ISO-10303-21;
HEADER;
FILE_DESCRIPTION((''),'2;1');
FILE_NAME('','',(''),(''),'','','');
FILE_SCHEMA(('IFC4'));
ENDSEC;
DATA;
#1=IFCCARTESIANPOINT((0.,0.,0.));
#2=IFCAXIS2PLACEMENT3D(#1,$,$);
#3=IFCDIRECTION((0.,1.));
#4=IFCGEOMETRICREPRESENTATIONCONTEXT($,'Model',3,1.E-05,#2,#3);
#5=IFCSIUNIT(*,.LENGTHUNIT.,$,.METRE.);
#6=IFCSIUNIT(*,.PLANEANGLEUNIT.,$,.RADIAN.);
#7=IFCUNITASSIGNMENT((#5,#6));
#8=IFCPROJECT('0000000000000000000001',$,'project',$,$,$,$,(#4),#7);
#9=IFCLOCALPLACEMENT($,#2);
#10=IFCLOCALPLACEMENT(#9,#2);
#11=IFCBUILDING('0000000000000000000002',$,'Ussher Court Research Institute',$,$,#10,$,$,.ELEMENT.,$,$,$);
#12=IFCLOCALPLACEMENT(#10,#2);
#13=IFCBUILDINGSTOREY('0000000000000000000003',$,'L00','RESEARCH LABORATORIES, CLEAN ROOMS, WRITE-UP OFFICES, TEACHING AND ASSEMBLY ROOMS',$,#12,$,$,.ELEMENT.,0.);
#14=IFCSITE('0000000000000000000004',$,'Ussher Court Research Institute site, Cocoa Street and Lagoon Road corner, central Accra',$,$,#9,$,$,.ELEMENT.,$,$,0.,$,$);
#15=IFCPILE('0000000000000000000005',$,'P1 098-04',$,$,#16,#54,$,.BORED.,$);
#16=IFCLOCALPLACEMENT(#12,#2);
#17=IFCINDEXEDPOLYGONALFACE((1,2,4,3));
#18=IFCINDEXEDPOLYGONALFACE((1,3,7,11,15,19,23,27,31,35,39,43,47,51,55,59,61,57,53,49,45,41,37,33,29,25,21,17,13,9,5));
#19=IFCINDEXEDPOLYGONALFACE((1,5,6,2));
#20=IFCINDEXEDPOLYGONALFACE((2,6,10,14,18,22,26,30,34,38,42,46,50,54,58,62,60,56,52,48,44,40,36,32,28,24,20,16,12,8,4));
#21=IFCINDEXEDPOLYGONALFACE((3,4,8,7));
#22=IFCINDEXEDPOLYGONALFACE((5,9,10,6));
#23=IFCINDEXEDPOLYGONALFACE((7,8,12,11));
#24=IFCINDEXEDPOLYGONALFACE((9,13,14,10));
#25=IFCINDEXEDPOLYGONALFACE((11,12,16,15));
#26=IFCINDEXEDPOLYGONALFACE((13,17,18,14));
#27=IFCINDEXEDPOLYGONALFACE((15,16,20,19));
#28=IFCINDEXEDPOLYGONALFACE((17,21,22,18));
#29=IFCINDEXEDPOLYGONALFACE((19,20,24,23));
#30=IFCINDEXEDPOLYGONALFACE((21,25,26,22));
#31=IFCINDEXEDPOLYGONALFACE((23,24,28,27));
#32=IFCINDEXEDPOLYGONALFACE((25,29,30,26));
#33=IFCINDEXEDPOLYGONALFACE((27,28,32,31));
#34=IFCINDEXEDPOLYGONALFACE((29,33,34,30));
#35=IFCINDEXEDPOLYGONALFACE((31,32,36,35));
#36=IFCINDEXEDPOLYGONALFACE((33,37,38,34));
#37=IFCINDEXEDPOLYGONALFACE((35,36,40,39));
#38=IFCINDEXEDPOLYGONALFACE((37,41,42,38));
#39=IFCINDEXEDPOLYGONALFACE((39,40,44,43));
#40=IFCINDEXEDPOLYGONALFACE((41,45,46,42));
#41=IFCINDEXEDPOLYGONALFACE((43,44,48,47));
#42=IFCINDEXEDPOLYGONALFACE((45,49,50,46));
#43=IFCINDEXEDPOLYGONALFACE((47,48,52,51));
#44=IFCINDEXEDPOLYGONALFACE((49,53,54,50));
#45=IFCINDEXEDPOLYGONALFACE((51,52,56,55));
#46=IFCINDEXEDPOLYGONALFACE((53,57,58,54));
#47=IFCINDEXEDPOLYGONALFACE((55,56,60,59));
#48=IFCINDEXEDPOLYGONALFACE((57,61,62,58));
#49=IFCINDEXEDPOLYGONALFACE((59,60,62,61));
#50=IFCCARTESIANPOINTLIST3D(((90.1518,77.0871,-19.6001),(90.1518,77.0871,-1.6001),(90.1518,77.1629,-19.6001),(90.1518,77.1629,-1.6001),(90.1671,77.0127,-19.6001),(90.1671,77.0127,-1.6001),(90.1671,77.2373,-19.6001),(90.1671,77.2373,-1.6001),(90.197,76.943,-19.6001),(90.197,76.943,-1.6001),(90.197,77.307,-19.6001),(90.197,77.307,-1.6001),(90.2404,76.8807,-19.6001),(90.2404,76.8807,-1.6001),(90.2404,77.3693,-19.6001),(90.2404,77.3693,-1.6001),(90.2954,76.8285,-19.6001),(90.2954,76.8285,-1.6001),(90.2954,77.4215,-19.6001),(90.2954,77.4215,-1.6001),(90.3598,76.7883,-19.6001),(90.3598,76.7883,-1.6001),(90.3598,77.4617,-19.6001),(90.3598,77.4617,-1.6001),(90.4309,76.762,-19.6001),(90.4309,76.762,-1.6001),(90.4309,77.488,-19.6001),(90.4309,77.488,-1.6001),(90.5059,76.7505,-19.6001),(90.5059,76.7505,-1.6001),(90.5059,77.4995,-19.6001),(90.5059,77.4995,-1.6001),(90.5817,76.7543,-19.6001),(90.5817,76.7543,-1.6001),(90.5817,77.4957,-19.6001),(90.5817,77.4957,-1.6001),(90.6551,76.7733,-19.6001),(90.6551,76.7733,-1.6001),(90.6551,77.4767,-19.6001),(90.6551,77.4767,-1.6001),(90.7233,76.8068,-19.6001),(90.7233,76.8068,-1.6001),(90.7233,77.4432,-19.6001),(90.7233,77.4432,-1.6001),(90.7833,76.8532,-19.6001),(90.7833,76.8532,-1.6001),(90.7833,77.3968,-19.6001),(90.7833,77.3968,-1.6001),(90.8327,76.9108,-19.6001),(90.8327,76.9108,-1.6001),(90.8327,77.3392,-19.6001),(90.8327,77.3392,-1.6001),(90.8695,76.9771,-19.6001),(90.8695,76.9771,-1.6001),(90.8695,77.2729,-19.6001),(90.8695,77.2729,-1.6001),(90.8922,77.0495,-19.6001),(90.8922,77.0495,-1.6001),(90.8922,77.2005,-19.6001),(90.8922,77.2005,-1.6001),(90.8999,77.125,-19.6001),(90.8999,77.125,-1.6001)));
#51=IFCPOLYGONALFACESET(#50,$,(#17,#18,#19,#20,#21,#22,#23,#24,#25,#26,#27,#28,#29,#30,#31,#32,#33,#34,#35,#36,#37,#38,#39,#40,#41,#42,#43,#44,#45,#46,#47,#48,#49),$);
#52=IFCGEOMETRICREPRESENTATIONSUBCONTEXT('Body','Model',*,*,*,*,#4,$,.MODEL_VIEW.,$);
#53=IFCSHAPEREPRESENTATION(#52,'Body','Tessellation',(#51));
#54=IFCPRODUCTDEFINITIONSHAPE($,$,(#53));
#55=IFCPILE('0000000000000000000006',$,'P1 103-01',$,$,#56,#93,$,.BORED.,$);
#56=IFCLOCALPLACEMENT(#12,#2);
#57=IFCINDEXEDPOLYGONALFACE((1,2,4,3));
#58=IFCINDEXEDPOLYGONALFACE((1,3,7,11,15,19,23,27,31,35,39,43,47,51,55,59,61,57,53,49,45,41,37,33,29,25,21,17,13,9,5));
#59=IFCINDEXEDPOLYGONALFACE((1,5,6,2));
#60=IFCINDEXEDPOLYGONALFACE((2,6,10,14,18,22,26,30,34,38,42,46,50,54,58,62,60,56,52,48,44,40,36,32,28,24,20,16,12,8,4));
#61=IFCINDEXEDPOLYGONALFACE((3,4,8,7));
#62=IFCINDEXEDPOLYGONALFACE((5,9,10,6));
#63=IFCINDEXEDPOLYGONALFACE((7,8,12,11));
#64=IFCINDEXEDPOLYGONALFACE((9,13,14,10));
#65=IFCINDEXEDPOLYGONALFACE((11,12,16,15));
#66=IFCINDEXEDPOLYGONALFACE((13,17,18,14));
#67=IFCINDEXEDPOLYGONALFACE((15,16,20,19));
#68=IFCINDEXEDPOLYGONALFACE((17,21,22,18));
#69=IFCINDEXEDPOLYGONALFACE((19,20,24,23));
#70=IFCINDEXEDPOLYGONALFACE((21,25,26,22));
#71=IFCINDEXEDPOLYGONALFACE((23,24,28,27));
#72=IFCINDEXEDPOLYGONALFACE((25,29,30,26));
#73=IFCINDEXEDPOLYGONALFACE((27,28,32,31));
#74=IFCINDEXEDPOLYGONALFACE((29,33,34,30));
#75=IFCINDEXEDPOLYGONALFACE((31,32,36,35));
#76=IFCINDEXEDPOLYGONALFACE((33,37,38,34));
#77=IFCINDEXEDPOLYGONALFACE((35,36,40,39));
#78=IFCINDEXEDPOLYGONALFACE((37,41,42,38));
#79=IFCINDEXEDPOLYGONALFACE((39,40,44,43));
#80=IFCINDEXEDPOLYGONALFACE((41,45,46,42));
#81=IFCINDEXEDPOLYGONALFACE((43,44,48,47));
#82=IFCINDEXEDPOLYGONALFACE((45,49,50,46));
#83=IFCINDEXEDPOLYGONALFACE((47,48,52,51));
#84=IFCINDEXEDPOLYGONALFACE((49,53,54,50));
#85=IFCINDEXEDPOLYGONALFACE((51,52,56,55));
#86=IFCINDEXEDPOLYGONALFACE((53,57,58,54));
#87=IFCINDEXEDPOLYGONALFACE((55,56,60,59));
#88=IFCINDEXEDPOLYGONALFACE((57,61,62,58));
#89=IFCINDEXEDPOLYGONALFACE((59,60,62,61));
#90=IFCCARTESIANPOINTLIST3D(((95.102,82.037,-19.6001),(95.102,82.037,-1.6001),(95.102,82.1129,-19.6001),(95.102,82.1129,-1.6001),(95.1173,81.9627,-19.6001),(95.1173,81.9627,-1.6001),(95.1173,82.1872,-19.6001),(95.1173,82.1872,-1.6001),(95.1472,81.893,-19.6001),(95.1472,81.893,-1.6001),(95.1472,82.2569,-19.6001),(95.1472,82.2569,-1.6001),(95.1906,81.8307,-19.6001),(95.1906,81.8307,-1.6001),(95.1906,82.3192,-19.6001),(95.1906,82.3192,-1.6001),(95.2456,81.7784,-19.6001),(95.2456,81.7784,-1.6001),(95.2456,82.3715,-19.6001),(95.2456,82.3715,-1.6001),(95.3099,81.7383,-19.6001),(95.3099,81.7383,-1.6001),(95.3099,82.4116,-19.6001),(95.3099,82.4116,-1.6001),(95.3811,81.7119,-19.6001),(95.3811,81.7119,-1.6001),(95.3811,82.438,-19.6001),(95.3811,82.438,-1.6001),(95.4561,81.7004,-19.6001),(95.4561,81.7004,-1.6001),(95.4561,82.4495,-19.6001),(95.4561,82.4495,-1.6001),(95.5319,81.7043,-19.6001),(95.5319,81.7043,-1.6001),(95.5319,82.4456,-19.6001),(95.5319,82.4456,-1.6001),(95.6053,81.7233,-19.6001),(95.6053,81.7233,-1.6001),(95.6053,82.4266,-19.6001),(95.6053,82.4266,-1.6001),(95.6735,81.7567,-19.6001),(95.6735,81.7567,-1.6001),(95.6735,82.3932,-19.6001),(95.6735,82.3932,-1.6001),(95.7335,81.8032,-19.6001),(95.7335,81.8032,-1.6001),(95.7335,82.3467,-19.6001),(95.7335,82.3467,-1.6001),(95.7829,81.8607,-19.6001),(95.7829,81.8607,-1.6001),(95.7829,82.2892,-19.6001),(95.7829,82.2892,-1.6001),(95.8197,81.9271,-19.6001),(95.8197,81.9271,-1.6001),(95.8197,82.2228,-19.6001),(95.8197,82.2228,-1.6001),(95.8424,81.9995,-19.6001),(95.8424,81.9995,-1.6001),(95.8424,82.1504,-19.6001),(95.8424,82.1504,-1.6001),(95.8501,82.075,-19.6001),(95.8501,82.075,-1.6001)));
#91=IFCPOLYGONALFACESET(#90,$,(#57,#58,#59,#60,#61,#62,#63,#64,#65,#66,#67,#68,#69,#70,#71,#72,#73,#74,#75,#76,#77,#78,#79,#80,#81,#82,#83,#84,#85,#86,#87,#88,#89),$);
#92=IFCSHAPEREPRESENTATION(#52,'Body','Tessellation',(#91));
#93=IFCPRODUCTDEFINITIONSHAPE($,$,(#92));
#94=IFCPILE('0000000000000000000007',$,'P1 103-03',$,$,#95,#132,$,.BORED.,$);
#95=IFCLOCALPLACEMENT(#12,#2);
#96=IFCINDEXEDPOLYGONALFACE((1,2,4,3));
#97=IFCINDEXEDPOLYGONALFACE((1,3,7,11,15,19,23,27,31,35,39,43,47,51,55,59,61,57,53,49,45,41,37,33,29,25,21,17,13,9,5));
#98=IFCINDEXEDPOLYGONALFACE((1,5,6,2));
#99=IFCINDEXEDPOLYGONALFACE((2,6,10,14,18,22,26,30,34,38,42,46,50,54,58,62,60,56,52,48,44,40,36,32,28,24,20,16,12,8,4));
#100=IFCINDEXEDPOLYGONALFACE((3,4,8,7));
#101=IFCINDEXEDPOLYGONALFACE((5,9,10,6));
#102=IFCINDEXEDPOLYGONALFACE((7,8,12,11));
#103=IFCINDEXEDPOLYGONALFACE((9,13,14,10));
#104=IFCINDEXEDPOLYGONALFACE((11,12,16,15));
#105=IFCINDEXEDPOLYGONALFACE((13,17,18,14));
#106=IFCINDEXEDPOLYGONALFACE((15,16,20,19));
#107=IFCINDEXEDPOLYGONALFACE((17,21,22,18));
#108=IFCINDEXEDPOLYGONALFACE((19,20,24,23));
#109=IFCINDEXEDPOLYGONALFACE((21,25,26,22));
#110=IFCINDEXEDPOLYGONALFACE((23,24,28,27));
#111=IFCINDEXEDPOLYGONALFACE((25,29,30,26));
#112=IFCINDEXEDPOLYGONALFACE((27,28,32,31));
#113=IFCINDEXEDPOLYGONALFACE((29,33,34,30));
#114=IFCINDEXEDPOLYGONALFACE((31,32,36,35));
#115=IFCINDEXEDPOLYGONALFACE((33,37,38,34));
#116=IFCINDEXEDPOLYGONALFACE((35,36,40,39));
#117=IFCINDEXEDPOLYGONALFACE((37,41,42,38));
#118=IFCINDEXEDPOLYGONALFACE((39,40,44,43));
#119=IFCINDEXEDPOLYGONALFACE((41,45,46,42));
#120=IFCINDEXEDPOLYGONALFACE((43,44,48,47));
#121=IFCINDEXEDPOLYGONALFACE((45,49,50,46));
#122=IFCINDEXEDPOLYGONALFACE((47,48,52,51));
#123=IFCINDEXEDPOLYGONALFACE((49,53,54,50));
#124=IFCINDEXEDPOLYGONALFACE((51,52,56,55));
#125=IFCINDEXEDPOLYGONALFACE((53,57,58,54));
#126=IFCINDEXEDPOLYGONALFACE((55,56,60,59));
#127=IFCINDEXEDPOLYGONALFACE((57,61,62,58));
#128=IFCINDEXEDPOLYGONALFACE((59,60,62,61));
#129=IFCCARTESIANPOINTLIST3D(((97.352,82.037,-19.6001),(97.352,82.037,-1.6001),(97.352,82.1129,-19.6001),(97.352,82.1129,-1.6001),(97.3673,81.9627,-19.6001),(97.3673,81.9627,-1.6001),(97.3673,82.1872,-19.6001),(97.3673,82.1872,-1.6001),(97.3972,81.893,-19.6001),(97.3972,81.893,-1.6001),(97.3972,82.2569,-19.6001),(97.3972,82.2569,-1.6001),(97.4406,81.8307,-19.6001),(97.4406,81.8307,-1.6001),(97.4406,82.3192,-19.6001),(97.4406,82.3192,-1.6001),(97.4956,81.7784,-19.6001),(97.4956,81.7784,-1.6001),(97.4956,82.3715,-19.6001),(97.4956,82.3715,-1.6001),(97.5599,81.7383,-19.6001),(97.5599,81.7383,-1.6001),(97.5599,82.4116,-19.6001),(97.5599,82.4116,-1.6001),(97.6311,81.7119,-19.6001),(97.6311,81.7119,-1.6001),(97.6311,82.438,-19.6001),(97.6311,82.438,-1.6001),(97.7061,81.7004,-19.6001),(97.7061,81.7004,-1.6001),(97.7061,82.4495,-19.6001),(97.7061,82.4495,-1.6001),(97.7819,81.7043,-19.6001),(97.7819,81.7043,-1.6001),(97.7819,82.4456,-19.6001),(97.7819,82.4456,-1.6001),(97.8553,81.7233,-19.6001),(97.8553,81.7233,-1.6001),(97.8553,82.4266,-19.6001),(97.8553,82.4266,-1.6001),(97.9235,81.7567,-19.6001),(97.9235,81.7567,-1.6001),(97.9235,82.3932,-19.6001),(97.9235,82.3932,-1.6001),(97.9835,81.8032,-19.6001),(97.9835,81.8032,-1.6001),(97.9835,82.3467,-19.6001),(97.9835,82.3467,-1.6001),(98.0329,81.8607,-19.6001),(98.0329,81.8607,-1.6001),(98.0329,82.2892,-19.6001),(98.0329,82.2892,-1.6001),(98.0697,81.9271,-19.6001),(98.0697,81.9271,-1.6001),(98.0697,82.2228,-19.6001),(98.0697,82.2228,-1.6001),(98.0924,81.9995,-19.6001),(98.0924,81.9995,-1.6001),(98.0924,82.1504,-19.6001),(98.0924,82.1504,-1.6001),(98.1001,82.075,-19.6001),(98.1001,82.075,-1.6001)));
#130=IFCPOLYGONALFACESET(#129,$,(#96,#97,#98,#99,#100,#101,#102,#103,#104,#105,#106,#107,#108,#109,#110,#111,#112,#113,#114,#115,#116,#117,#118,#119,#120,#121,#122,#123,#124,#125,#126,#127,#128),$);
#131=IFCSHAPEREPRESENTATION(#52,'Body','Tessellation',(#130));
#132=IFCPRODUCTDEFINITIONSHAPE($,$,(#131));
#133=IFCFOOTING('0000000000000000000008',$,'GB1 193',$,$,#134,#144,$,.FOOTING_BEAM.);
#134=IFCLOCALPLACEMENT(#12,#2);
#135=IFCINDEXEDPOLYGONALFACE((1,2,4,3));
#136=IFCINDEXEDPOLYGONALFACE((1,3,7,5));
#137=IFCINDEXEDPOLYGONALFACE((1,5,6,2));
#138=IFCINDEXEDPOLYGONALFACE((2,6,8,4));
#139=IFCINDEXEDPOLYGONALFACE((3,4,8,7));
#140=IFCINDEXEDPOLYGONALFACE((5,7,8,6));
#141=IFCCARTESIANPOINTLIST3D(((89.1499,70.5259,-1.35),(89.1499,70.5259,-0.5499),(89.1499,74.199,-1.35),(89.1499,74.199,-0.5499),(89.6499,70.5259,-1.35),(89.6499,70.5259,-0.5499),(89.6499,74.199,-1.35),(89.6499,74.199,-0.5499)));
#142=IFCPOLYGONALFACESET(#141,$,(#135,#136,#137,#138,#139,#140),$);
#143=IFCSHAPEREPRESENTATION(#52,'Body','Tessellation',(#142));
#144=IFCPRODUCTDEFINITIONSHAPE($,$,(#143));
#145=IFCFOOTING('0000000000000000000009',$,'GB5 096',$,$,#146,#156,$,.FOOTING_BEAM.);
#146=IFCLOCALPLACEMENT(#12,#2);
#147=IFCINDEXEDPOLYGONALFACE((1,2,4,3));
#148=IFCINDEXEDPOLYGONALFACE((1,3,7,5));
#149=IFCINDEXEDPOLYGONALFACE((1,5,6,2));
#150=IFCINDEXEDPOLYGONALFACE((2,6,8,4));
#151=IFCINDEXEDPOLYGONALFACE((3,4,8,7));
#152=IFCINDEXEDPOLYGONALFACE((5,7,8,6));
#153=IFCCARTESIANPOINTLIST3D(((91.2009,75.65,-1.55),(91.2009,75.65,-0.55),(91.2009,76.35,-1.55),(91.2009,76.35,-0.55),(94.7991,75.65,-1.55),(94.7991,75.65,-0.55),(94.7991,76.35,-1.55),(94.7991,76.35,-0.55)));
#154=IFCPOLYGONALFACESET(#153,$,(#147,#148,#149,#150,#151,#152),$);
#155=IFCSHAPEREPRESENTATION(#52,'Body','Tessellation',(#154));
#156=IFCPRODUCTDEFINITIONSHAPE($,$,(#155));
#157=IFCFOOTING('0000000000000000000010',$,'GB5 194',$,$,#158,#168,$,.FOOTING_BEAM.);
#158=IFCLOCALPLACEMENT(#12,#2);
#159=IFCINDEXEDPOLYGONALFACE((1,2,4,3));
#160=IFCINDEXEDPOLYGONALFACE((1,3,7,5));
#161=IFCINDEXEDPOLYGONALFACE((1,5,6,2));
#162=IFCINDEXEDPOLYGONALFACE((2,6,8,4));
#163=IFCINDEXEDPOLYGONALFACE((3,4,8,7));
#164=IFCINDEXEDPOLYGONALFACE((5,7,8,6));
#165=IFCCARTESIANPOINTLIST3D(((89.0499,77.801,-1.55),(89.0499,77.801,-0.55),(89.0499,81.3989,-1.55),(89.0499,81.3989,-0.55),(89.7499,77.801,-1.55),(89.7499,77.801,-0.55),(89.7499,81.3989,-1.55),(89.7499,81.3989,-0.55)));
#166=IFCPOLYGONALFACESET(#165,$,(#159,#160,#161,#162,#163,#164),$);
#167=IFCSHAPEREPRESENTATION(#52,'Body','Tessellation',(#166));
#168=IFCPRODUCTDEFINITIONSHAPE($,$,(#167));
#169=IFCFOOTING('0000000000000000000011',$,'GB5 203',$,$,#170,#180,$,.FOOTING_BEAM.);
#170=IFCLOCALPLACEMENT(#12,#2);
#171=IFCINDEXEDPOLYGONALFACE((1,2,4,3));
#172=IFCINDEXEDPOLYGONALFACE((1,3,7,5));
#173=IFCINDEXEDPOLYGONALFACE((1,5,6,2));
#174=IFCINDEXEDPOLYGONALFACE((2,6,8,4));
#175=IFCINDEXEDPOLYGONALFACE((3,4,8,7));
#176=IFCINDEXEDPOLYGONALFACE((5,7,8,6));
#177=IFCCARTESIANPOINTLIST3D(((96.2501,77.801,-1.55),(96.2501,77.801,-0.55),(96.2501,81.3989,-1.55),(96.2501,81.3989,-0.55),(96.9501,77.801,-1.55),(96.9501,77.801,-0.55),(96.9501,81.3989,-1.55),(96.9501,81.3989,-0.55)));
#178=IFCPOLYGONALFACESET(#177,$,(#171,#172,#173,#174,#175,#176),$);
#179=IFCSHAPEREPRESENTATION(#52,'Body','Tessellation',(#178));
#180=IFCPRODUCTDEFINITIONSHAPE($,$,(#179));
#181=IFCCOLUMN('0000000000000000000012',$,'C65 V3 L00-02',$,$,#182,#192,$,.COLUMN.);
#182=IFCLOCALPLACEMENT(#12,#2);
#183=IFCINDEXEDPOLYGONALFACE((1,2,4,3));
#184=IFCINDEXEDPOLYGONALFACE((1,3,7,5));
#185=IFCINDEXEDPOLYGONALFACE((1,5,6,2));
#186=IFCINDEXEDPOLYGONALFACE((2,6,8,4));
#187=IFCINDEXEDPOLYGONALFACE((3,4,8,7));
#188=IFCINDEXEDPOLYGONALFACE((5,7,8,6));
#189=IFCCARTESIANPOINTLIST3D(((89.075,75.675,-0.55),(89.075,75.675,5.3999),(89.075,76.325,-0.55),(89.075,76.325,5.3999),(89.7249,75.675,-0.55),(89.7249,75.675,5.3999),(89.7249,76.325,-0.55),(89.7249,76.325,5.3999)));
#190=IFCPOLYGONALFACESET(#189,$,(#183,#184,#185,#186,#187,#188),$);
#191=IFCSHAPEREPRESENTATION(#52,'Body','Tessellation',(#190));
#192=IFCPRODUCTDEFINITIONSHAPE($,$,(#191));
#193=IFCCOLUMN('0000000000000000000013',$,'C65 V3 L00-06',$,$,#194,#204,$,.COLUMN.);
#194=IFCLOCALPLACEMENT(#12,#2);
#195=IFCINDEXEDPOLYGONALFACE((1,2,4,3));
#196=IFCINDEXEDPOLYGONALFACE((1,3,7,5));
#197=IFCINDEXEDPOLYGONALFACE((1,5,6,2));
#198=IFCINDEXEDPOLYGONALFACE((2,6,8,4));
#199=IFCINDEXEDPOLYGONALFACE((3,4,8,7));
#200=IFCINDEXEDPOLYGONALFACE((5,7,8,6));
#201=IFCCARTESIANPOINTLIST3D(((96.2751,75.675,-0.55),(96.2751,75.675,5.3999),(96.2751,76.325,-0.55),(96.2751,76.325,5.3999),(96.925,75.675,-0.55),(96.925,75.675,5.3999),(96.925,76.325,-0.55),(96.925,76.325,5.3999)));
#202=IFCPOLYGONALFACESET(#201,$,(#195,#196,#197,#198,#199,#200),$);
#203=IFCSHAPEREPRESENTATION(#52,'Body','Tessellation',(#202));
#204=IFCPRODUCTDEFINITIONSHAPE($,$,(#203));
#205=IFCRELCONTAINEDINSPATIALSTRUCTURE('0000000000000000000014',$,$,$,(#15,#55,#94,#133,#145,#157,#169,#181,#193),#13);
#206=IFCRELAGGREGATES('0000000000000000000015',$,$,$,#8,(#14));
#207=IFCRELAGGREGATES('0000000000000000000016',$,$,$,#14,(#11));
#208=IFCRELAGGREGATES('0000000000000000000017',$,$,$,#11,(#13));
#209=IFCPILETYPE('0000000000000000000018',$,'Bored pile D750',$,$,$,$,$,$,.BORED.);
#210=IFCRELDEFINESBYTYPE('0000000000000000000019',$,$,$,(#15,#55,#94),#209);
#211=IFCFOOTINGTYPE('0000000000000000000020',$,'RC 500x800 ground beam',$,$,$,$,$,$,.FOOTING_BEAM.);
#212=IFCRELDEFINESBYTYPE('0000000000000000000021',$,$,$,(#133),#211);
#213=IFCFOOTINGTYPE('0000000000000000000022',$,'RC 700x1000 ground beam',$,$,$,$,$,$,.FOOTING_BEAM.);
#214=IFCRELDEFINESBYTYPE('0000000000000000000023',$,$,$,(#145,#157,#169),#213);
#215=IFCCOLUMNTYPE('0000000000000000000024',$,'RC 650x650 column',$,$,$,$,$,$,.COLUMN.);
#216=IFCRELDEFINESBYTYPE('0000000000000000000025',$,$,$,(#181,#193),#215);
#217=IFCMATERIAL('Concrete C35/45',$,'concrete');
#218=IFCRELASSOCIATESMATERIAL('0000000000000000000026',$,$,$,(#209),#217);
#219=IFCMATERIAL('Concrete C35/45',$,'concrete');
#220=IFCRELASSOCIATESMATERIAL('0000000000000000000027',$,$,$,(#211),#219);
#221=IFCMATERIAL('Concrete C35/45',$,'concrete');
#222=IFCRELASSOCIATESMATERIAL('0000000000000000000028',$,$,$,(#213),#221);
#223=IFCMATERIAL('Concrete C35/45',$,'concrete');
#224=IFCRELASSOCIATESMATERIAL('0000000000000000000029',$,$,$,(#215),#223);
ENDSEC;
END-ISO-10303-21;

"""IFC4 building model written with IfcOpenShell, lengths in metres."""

from ifc_helpers import new_model, si_unit, direction, frame, origin, origin_2d, place, context, subcontext, project, spatial, rectangle, circle, extrude, material, material_profile, profile_set, type_object, element, save


model = new_model("IFC4")

# Units and contexts
model_context = context("Model", 3, precision=1e-05, world=origin(), true_north=direction((0.0, 1.0)))
body_context = subcontext(model_context, "Body", "Model", "MODEL_VIEW")
ifc_project = project(units=[si_unit("LENGTHUNIT", "METRE"), si_unit("PLANEANGLEUNIT", "RADIAN")], contexts=[model_context])

# Site, building, storey
site_placement = place(None, origin())
site = spatial("IfcSite", under=ifc_project, at=site_placement, Name="Ussher Court Research Institute site, Cocoa Street and Lagoon Road corner, central Accra", CompositionType="ELEMENT", RefElevation=0.0)
building_placement = place(site_placement, origin())
building = spatial("IfcBuilding", under=site, at=building_placement, Name="Ussher Court Research Institute", CompositionType="ELEMENT")
storey_placement = place(building_placement, origin())
storey = spatial("IfcBuildingStorey", under=building, at=storey_placement, Name="L00", Description="RESEARCH LABORATORIES, CLEAN ROOMS, WRITE-UP OFFICES, TEACHING AND ASSEMBLY ROOMS", CompositionType="ELEMENT", Elevation=0.0)

# Piles
ifc_material_1 = material(Name="Concrete C35/45", Category="concrete")
ifc_material_profile_1 = material_profile(ifc_material_1, circle(Radius=0.375, at=origin_2d()), Name="RC D750")
ifc_profile_set_1 = profile_set([ifc_material_profile_1], Name="Concrete C35/45")
pile_type_1 = type_object("IfcPileType", Name="Bored pile D750", PredefinedType="BORED", material=ifc_profile_set_1)
for number, where, z_axis, x_axis, name in (
    (1, (90.5249, 77.125, -1.6001), (0.0, 0.0, -1.0), (1.0, 0.0, 0.0), "P1 098-04"),
    (2, (95.4751, 82.075, -1.6001), (0.0, 0.0, -1.0), (1.0, 0.0, 0.0), "P1 103-01"),
    (3, (97.7251, 82.075, -1.6001), (0.0, 0.0, -1.0), (1.0, 0.0, 0.0), "P1 103-03"),
):
    element("IfcPile", number, at=place(storey_placement, frame(where, z_axis=z_axis, x_axis=x_axis)), inside=storey, type_object=pile_type_1, Name=name, PredefinedType="BORED", context=body_context, shape_type="SweptSolid", body=[
        extrude(circle(Radius=0.375, at=origin_2d()), origin(), (0.0, 0.0, 1.0), 18.0),
    ])

# Footings
ifc_material_2 = material(Name="Concrete C35/45", Category="concrete")
ifc_material_profile_2 = material_profile(ifc_material_2, rectangle(XDim=0.5, YDim=0.8, at=origin_2d()), Name="RC 500x800")
ifc_profile_set_2 = profile_set([ifc_material_profile_2], Name="Concrete C35/45")
footing_type_1 = type_object("IfcFootingType", Name="RC 500x800 ground beam", PredefinedType="FOOTING_BEAM", material=ifc_profile_set_2)
footing_1_placement = place(storey_placement, frame((89.3999, 70.5259, -0.95), z_axis=(0.0, 1.0, 0.0), x_axis=(-1.0, 0.0, 0.0)))
element("IfcFooting", 4, at=footing_1_placement, inside=storey, type_object=footing_type_1, Name="GB1 193", PredefinedType="FOOTING_BEAM", context=body_context, shape_type="SweptSolid", body=[
    extrude(rectangle(XDim=0.5, YDim=0.8, at=origin_2d()), origin(), (0.0, 0.0, 1.0), 3.6731),
])
ifc_material_3 = material(Name="Concrete C35/45", Category="concrete")
ifc_material_profile_3 = material_profile(ifc_material_3, rectangle(XDim=0.7, YDim=1.0, at=origin_2d()), Name="RC 700x1000")
ifc_profile_set_3 = profile_set([ifc_material_profile_3], Name="Concrete C35/45")
footing_type_2 = type_object("IfcFootingType", Name="RC 700x1000 ground beam", PredefinedType="FOOTING_BEAM", material=ifc_profile_set_3)
footing_2_placement = place(storey_placement, frame((91.2009, 76.0, -1.05), z_axis=(1.0, 0.0, 0.0), x_axis=(0.0, 1.0, 0.0)))
element("IfcFooting", 5, at=footing_2_placement, inside=storey, type_object=footing_type_2, Name="GB5 096", PredefinedType="FOOTING_BEAM", context=body_context, shape_type="SweptSolid", body=[
    extrude(rectangle(XDim=0.7, YDim=1.0, at=origin_2d()), origin(), (0.0, 0.0, 1.0), 3.5981),
])
for number, where, z_axis, x_axis, name in (
    (6, (89.3999, 77.801, -1.05), (0.0, 1.0, 0.0), (-1.0, 0.0, 0.0), "GB5 194"),
    (7, (96.6001, 77.801, -1.05), (0.0, 1.0, 0.0), (-1.0, 0.0, 0.0), "GB5 203"),
):
    element("IfcFooting", number, at=place(storey_placement, frame(where, z_axis=z_axis, x_axis=x_axis)), inside=storey, type_object=footing_type_2, Name=name, PredefinedType="FOOTING_BEAM", context=body_context, shape_type="SweptSolid", body=[
        extrude(rectangle(XDim=0.7, YDim=1.0, at=origin_2d()), origin(), (0.0, 0.0, 1.0), 3.5979),
    ])

# Columns
ifc_material_4 = material(Name="Concrete C35/45", Category="concrete")
ifc_material_profile_4 = material_profile(ifc_material_4, rectangle(XDim=0.6499, YDim=0.6499, at=origin_2d()), Name="RC 650x650")
ifc_profile_set_4 = profile_set([ifc_material_profile_4], Name="Concrete C35/45")
column_type = type_object("IfcColumnType", Name="RC 650x650 column", PredefinedType="COLUMN", material=ifc_profile_set_4)
for number, where, z_axis, x_axis, name in (
    (8, (89.3999, 76.0, -0.55), (0.0, 0.0, 1.0), (1.0, 0.0, 0.0), "C65 V3 L00-02"),
    (9, (96.6001, 76.0, -0.55), (0.0, 0.0, 1.0), (1.0, 0.0, 0.0), "C65 V3 L00-06"),
):
    element("IfcColumn", number, at=place(storey_placement, frame(where, z_axis=z_axis, x_axis=x_axis)), inside=storey, type_object=column_type, Name=name, PredefinedType="COLUMN", context=body_context, shape_type="SweptSolid", body=[
        extrude(rectangle(XDim=0.6499, YDim=0.6499, at=origin_2d()), origin(), (0.0, 0.0, 1.0), 5.95),
    ])

save(model, "model.ifc")
